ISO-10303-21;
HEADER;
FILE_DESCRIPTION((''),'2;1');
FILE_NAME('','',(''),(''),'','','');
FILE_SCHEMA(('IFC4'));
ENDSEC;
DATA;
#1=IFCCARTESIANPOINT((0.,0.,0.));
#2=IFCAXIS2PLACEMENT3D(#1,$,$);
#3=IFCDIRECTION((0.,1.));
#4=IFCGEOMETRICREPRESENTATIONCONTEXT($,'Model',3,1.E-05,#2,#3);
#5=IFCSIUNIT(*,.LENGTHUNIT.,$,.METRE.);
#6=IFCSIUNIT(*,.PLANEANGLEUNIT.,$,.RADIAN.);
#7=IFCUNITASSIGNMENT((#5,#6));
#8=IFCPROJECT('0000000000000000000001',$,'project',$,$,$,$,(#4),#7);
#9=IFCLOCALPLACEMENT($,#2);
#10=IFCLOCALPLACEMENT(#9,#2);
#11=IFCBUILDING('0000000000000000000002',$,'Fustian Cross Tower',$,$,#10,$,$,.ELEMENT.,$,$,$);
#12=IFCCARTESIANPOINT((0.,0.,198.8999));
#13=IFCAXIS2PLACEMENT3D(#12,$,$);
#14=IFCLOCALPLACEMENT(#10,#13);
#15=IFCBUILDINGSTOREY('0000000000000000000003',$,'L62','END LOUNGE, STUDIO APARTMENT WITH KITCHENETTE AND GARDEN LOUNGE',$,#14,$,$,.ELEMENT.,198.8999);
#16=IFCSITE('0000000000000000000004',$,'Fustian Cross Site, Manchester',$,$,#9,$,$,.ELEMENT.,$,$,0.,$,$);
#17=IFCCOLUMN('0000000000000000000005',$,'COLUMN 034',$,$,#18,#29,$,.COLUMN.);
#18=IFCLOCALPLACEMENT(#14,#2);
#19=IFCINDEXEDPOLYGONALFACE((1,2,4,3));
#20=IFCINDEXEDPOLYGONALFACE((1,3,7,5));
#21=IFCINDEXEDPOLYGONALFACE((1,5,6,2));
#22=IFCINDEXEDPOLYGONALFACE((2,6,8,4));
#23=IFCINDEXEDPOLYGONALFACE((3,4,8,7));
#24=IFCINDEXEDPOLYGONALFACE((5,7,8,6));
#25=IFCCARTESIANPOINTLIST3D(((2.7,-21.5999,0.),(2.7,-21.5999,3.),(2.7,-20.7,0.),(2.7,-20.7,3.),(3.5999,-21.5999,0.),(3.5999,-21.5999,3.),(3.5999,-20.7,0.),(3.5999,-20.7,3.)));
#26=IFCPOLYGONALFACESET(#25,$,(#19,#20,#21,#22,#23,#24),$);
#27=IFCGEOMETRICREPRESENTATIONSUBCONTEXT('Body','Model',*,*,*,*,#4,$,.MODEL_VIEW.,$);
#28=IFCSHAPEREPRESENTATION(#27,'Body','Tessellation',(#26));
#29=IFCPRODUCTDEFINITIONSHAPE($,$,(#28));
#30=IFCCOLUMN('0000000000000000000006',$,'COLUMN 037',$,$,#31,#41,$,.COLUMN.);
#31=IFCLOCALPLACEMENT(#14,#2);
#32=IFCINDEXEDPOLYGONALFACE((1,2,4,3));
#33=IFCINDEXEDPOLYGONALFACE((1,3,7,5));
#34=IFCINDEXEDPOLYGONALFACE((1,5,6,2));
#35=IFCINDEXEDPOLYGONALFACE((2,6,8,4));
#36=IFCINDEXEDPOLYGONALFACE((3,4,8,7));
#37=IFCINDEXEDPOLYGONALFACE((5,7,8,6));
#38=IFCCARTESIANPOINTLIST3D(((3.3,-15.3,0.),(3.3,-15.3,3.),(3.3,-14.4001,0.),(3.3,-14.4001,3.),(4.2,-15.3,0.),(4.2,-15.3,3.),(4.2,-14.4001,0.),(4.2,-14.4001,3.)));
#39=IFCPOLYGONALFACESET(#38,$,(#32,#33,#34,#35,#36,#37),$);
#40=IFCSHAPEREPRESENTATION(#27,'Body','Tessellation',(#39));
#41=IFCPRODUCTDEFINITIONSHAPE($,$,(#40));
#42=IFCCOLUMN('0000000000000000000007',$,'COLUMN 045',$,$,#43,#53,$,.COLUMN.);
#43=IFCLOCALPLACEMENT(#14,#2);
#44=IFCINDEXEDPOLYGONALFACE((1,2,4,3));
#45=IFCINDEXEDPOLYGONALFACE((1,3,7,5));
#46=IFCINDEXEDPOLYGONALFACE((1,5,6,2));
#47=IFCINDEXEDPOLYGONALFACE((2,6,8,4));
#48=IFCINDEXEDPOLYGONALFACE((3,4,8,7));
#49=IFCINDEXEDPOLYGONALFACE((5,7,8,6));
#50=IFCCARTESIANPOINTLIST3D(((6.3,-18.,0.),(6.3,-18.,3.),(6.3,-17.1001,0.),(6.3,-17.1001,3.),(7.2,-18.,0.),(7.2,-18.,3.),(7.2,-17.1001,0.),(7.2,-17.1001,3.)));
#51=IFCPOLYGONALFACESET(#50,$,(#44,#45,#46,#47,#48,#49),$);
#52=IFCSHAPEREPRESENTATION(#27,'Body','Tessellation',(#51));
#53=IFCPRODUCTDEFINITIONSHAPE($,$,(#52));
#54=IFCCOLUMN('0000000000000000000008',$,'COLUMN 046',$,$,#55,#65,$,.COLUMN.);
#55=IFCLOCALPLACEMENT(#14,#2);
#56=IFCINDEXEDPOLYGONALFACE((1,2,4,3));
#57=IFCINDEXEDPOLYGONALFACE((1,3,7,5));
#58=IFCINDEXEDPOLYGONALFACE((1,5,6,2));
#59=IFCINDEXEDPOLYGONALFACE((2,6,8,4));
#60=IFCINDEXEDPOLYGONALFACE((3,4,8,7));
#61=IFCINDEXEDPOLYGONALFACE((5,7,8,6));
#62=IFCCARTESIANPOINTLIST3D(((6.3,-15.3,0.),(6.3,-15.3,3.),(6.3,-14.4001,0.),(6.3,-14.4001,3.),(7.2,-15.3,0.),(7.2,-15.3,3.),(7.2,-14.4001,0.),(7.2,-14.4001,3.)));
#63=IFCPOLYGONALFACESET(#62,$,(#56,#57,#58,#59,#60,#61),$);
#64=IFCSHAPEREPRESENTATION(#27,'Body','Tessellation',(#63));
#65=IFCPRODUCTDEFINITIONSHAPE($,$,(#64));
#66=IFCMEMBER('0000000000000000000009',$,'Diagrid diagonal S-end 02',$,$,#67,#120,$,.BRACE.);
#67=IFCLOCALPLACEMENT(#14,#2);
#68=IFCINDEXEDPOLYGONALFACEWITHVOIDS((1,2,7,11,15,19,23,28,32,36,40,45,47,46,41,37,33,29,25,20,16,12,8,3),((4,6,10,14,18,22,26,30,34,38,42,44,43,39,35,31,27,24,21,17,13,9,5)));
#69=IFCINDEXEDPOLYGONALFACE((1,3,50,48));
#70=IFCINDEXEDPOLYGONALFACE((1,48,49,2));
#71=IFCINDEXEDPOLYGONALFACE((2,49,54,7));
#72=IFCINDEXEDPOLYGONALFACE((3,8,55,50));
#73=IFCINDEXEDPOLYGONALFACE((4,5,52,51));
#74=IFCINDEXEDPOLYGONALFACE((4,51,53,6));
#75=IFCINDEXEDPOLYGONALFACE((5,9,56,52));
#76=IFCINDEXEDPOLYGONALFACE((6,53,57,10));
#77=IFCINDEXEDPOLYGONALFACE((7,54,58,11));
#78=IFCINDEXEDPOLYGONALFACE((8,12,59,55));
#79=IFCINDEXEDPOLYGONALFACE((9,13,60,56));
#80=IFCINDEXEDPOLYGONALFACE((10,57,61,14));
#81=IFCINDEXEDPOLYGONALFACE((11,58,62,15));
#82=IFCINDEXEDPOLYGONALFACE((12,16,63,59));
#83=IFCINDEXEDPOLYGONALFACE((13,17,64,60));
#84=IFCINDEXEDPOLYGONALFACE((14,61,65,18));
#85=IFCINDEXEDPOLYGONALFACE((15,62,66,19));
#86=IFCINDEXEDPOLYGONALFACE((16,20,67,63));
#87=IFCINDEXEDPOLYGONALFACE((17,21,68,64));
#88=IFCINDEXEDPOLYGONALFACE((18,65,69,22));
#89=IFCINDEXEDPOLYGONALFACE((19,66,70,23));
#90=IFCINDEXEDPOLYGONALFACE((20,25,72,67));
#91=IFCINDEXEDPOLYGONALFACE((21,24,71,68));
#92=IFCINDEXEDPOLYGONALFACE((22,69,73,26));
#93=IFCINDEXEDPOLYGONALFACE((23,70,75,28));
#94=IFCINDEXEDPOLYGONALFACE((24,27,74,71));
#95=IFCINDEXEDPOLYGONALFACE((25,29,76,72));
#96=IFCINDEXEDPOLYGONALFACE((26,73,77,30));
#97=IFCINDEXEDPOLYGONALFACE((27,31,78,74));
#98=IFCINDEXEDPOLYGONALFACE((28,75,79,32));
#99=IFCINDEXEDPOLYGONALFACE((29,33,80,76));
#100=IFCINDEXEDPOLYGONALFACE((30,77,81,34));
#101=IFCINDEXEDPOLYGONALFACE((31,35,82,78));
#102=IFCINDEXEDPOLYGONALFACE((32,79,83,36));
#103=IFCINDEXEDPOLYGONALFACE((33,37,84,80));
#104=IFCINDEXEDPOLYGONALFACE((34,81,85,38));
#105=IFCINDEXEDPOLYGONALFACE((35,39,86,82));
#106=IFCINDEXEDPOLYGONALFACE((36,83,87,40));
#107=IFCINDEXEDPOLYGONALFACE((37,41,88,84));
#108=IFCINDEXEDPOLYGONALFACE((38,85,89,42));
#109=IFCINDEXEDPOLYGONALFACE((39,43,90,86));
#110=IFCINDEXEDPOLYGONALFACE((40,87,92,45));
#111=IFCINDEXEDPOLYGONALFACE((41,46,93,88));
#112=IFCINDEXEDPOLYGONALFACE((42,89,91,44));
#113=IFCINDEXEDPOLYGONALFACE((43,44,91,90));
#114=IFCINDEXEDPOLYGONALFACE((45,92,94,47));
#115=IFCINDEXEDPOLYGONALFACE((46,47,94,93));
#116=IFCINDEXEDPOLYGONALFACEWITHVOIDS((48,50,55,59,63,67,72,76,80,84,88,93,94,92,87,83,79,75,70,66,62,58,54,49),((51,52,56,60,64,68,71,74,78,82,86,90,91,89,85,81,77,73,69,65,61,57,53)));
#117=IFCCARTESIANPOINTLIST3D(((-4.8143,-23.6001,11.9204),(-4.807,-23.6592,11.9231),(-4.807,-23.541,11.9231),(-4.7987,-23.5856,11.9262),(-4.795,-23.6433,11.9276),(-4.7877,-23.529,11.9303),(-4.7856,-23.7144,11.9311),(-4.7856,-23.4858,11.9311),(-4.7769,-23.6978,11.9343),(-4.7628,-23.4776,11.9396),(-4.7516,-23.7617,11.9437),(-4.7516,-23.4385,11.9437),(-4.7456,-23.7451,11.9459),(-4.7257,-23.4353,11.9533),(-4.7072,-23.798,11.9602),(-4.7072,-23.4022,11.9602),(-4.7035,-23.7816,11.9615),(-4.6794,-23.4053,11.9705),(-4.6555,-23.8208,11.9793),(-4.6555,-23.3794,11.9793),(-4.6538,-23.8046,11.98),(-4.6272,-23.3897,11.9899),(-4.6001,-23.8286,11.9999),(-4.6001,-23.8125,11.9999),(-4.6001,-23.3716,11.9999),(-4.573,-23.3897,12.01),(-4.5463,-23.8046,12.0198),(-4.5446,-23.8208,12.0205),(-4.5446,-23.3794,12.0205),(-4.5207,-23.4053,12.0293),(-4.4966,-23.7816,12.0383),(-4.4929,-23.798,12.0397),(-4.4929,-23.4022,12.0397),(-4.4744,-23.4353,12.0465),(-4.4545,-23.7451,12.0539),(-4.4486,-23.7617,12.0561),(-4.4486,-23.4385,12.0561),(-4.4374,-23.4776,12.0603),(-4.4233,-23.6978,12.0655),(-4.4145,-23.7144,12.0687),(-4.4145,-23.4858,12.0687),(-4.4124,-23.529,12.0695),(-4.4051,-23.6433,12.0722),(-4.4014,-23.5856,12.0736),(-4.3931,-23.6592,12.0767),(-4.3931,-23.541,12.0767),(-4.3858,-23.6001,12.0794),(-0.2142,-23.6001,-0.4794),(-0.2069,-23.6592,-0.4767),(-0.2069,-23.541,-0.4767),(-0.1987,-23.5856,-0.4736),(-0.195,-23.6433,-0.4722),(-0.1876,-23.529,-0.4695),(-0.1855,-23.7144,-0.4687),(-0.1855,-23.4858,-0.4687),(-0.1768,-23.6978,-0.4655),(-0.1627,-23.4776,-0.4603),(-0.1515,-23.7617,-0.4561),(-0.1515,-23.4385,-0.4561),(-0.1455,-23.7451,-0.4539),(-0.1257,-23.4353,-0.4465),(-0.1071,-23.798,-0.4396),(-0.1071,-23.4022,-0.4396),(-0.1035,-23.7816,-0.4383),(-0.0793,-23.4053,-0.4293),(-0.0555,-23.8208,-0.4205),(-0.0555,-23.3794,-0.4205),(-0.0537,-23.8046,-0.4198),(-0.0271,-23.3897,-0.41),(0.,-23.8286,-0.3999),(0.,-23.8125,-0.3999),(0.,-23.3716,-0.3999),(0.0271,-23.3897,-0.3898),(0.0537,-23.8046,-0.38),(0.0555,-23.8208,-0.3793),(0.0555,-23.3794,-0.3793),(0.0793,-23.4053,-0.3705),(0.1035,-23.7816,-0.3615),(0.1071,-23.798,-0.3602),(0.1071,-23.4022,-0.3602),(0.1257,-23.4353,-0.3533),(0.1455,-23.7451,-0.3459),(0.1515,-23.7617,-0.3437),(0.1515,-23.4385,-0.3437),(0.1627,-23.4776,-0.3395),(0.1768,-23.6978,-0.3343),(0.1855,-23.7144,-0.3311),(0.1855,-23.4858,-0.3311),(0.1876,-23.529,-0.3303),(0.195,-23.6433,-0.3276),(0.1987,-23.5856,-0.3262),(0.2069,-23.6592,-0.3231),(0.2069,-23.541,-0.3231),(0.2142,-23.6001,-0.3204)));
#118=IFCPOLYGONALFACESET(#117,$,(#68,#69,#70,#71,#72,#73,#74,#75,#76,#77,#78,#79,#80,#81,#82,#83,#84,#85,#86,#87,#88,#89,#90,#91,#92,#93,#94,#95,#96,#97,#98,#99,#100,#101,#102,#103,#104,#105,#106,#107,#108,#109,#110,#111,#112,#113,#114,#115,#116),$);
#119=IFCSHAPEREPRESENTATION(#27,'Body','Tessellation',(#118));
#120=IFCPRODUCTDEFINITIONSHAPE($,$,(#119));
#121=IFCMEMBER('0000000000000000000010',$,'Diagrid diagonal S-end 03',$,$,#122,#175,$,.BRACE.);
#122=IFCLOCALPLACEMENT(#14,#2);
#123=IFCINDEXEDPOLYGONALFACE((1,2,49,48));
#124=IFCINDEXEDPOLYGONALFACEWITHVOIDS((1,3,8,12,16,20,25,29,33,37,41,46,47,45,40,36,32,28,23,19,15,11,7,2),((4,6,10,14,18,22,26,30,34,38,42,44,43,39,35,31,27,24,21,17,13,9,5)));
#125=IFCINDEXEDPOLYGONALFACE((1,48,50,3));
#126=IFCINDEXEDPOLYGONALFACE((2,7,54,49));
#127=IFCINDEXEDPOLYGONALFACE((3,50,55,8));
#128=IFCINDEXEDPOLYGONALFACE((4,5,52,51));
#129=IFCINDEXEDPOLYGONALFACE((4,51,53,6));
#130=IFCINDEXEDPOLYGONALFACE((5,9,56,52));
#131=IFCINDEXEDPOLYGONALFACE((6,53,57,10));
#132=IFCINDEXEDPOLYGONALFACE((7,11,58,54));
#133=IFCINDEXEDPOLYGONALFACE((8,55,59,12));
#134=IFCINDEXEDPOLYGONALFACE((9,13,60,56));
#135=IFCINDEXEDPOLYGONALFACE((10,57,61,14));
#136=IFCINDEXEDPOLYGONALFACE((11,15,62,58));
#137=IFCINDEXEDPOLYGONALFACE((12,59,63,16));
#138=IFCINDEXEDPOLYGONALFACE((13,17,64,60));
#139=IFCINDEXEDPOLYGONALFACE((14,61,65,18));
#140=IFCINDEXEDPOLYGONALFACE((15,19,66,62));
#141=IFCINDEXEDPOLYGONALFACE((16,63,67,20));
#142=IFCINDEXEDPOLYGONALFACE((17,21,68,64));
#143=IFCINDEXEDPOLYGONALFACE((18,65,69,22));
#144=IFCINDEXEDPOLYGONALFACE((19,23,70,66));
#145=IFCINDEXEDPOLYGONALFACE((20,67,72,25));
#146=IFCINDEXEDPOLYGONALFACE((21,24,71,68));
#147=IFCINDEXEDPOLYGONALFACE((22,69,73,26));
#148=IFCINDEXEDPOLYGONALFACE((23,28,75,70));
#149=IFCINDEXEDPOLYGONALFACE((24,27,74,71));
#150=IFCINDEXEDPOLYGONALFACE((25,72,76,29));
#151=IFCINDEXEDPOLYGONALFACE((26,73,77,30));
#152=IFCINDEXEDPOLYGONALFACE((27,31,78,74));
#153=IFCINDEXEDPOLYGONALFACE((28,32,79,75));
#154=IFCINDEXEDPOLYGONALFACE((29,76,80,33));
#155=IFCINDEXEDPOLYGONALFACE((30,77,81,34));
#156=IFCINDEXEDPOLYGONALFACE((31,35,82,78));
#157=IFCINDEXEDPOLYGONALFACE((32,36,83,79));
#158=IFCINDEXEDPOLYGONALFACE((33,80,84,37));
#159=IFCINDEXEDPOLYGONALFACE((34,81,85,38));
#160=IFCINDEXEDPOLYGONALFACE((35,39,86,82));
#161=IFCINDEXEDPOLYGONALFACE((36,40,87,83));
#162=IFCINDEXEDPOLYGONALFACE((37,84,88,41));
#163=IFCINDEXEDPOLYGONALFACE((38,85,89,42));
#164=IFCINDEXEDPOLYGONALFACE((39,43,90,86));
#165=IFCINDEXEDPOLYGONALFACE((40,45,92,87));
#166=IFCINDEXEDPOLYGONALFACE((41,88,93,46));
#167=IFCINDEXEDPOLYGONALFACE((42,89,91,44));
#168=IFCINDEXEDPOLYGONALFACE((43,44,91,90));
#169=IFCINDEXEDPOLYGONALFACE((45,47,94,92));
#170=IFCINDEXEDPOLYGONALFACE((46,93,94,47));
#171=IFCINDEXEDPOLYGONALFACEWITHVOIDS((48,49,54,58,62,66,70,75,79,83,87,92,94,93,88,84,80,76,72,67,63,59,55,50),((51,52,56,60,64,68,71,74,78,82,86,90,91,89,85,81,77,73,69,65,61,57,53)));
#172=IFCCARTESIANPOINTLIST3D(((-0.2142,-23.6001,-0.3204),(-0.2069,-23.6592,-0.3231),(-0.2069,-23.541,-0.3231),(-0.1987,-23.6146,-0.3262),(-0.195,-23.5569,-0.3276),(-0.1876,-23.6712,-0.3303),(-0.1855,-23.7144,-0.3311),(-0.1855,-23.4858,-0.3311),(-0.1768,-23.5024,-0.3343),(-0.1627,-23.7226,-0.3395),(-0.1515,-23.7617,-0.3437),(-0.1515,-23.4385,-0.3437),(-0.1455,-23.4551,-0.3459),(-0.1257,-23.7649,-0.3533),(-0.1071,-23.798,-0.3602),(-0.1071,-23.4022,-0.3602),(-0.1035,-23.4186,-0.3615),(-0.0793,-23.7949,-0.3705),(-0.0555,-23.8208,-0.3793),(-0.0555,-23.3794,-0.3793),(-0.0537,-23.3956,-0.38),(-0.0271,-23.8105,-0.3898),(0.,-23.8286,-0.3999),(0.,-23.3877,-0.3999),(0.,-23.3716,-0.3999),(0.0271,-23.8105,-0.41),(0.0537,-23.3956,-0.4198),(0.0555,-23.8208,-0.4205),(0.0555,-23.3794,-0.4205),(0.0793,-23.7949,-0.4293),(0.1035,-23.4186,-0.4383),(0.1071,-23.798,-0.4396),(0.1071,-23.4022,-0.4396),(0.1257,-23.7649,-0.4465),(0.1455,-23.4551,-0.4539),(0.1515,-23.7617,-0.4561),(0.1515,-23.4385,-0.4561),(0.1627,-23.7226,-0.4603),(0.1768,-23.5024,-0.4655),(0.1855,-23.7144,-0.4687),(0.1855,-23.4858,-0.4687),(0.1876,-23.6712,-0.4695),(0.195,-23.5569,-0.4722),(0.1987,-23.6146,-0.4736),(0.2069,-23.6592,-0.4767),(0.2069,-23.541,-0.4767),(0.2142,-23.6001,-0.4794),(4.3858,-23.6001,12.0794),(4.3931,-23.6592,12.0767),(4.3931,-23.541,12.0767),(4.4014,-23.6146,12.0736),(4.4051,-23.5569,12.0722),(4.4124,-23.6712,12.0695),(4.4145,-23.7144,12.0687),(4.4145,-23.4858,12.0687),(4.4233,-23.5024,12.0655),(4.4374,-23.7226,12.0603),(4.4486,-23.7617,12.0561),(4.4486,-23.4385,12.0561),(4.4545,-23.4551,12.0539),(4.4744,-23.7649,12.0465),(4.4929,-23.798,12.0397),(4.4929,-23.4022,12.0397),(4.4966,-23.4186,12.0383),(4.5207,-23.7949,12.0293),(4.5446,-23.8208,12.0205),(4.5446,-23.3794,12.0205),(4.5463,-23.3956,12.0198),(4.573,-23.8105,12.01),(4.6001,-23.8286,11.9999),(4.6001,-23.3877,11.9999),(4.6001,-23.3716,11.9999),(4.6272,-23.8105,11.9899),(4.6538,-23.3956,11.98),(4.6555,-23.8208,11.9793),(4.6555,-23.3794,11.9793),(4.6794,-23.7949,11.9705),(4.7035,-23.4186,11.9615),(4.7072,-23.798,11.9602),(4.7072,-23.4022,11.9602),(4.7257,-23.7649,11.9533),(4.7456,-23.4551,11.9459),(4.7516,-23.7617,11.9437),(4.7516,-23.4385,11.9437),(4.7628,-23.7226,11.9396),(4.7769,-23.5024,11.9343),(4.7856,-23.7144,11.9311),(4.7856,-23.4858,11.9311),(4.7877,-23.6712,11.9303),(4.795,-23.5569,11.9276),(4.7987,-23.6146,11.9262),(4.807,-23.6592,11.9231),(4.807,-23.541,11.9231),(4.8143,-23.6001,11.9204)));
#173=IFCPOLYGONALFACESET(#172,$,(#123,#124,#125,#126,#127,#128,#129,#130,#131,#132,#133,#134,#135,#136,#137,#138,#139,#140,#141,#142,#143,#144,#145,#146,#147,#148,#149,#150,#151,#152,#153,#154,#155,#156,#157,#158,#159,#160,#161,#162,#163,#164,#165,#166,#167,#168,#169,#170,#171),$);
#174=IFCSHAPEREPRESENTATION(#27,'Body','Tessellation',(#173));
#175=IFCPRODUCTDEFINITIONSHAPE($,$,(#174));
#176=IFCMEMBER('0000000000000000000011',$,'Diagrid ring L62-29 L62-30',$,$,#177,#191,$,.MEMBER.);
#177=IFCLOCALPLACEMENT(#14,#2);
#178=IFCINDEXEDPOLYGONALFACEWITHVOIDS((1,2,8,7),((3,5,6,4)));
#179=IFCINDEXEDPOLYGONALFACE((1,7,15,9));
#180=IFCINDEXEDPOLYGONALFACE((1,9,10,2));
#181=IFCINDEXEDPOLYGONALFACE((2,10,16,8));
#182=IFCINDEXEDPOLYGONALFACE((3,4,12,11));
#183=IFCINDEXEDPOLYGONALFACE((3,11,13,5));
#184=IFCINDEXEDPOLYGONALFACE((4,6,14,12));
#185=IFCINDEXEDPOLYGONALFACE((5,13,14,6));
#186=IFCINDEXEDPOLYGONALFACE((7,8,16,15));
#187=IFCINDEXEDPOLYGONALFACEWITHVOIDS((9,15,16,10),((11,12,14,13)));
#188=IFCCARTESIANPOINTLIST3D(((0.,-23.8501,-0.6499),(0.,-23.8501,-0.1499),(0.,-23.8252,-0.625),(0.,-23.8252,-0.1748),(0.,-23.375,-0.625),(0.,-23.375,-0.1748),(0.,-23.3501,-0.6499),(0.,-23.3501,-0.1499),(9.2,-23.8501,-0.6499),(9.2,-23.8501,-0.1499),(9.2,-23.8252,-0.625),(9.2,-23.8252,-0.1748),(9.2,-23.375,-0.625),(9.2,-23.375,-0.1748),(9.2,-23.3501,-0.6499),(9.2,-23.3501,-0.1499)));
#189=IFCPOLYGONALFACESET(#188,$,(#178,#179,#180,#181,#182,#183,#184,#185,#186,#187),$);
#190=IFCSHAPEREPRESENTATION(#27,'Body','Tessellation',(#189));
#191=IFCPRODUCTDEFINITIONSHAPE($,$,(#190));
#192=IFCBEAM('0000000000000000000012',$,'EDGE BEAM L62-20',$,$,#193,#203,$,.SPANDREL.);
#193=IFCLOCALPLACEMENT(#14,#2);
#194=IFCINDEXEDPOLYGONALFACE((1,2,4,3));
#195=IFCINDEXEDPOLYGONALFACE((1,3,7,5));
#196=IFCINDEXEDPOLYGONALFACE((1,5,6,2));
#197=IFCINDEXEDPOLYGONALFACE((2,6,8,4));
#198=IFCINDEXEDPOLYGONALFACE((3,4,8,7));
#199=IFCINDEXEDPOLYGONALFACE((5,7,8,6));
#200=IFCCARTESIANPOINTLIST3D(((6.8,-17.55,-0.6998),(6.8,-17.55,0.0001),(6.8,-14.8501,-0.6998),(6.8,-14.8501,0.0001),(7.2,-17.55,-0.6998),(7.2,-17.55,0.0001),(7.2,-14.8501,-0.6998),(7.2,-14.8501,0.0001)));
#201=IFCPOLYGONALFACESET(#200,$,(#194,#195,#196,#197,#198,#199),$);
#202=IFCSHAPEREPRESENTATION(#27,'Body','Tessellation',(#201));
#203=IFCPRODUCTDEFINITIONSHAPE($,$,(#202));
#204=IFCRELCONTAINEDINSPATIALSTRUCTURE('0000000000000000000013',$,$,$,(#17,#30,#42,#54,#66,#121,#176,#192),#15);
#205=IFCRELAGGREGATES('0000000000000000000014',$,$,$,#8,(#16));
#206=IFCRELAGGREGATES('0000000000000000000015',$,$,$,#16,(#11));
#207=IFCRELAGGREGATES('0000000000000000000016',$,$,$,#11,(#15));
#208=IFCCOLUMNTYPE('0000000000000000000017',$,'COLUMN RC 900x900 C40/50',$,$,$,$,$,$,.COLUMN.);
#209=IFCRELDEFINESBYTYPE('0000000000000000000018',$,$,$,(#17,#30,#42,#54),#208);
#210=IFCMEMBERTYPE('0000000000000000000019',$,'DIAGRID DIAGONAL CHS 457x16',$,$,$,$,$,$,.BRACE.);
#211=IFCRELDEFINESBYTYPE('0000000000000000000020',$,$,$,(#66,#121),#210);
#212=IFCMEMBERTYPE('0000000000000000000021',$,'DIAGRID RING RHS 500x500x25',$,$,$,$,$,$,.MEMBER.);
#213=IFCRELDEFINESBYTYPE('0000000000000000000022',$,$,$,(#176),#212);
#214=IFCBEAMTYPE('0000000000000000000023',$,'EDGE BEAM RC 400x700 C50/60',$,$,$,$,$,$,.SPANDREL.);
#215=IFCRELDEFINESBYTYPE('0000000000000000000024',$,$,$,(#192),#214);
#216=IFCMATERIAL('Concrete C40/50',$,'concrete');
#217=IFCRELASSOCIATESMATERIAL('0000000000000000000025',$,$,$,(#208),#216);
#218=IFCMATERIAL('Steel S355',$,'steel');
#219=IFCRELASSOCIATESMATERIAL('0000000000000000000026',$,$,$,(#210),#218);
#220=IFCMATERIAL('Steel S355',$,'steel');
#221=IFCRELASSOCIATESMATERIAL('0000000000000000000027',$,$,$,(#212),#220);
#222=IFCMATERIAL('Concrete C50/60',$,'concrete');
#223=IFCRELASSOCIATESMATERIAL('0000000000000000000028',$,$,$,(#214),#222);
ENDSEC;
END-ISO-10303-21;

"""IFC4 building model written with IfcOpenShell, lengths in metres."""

from ifc_helpers import new_model, si_unit, direction, frame, origin, origin_2d, place, context, subcontext, project, spatial, rectangle, hollow_rectangle, hollow_circle, extrude, material, material_profile, profile_set, type_object, element, save


model = new_model("IFC4")

# Units and contexts
model_context = context("Model", 3, precision=1e-05, world=origin(), true_north=direction((0.0, 1.0)))
body_context = subcontext(model_context, "Body", "Model", "MODEL_VIEW")
ifc_project = project(units=[si_unit("LENGTHUNIT", "METRE"), si_unit("PLANEANGLEUNIT", "RADIAN")], contexts=[model_context])

# Site, building, storey
site_placement = place(None, origin())
site = spatial("IfcSite", under=ifc_project, at=site_placement, Name="Fustian Cross Site, Manchester", CompositionType="ELEMENT", RefElevation=0.0)
building_placement = place(site_placement, origin())
building = spatial("IfcBuilding", under=site, at=building_placement, Name="Fustian Cross Tower", CompositionType="ELEMENT")
storey_placement = place(building_placement, frame((0.0, 0.0, 198.8999)))
storey = spatial("IfcBuildingStorey", under=building, at=storey_placement, Name="L62", Description="END LOUNGE, STUDIO APARTMENT WITH KITCHENETTE AND GARDEN LOUNGE", CompositionType="ELEMENT", Elevation=198.8999)

# Columns
ifc_material_1 = material(Name="Concrete C40/50", Category="concrete")
ifc_material_profile_1 = material_profile(ifc_material_1, rectangle(XDim=0.8999, YDim=0.8999, at=origin_2d()), Name="RC 900x900")
ifc_profile_set_1 = profile_set([ifc_material_profile_1], Name="Concrete C40/50")
column_type = type_object("IfcColumnType", Name="COLUMN RC 900x900 C40/50", PredefinedType="COLUMN", material=ifc_profile_set_1)
for number, where, z_axis, x_axis, name in (
    (1, (3.1499, -21.1499, 0.0), (0.0, 0.0, 1.0), (1.0, 0.0, 0.0), "COLUMN 034"),
    (2, (3.75, -14.8501, 0.0), (0.0, 0.0, 1.0), (1.0, 0.0, 0.0), "COLUMN 037"),
    (3, (6.75, -17.55, 0.0), (0.0, 0.0, 1.0), (1.0, 0.0, 0.0), "COLUMN 045"),
    (4, (6.75, -14.8501, 0.0), (0.0, 0.0, 1.0), (1.0, 0.0, 0.0), "COLUMN 046"),
):
    element("IfcColumn", number, at=place(storey_placement, frame(where, z_axis=z_axis, x_axis=x_axis)), inside=storey, type_object=column_type, Name=name, PredefinedType="COLUMN", context=body_context, shape_type="SweptSolid", body=[
        extrude(rectangle(XDim=0.8999, YDim=0.8999, at=origin_2d()), origin(), (0.0, 0.0, 1.0), 3.0),
    ])

# Members
ifc_material_2 = material(Name="Steel S355", Category="steel")
ifc_material_profile_2 = material_profile(ifc_material_2, hollow_circle(Radius=0.2285, WallThickness=0.0161, at=origin_2d()), Name="CHS 457x16")
ifc_profile_set_2 = profile_set([ifc_material_profile_2], Name="Steel S355")
member_type_1 = type_object("IfcMemberType", Name="DIAGRID DIAGONAL CHS 457x16", PredefinedType="BRACE", material=ifc_profile_set_2)
for number, where, z_axis, x_axis, name in (
    (5, (0.0, -23.6001, -0.3999), (-0.347816, 0.0, 0.937563), (0.0, -1.0, 0.0), "Diagrid diagonal S-end 02"),
    (6, (0.0, -23.6001, -0.3999), (0.347816, 0.0, 0.937563), (0.0, 1.0, 0.0), "Diagrid diagonal S-end 03"),
):
    element("IfcMember", number, at=place(storey_placement, frame(where, z_axis=z_axis, x_axis=x_axis)), inside=storey, type_object=member_type_1, Name=name, PredefinedType="BRACE", context=body_context, shape_type="SweptSolid", body=[
        extrude(hollow_circle(Radius=0.2285, WallThickness=0.0161, at=origin_2d()), origin(), (0.0, 0.0, 1.0), 13.2256),
    ])
ifc_material_3 = material(Name="Steel S355", Category="steel")
ifc_material_profile_3 = material_profile(ifc_material_3, hollow_rectangle(XDim=0.5, YDim=0.5, WallThickness=0.0249, at=origin_2d()), Name="RHS 500x500x25")
ifc_profile_set_3 = profile_set([ifc_material_profile_3], Name="Steel S355")
member_type_2 = type_object("IfcMemberType", Name="DIAGRID RING RHS 500x500x25", PredefinedType="MEMBER", material=ifc_profile_set_3)
member_placement = place(storey_placement, frame((0.0, -23.6001, -0.3999), z_axis=(1.0, 0.0, 0.0), x_axis=(0.0, 1.0, 0.0)))
element("IfcMember", 7, at=member_placement, inside=storey, type_object=member_type_2, Name="Diagrid ring L62-29 L62-30", PredefinedType="MEMBER", context=body_context, shape_type="SweptSolid", body=[
    extrude(hollow_rectangle(XDim=0.5, YDim=0.5, WallThickness=0.0249, at=origin_2d()), origin(), (0.0, 0.0, 1.0), 9.2),
])

# Beam
ifc_material_4 = material(Name="Concrete C50/60", Category="concrete")
ifc_material_profile_4 = material_profile(ifc_material_4, rectangle(XDim=0.3999, YDim=0.7, at=origin_2d()), Name="RC 400x700")
ifc_profile_set_4 = profile_set([ifc_material_profile_4], Name="Concrete C50/60")
beam_type = type_object("IfcBeamType", Name="EDGE BEAM RC 400x700 C50/60", PredefinedType="SPANDREL", material=ifc_profile_set_4)
beam_1_placement = place(storey_placement, frame((7.0, -17.55, -0.3499), z_axis=(0.0, 1.0, 0.0), x_axis=(-1.0, 0.0, 0.0)))
element("IfcBeam", 8, at=beam_1_placement, inside=storey, type_object=beam_type, Name="EDGE BEAM L62-20", PredefinedType="SPANDREL", context=body_context, shape_type="SweptSolid", body=[
    extrude(rectangle(XDim=0.3999, YDim=0.7, at=origin_2d()), origin(), (0.0, 0.0, 1.0), 2.7),
])

save(model, "model.ifc")
